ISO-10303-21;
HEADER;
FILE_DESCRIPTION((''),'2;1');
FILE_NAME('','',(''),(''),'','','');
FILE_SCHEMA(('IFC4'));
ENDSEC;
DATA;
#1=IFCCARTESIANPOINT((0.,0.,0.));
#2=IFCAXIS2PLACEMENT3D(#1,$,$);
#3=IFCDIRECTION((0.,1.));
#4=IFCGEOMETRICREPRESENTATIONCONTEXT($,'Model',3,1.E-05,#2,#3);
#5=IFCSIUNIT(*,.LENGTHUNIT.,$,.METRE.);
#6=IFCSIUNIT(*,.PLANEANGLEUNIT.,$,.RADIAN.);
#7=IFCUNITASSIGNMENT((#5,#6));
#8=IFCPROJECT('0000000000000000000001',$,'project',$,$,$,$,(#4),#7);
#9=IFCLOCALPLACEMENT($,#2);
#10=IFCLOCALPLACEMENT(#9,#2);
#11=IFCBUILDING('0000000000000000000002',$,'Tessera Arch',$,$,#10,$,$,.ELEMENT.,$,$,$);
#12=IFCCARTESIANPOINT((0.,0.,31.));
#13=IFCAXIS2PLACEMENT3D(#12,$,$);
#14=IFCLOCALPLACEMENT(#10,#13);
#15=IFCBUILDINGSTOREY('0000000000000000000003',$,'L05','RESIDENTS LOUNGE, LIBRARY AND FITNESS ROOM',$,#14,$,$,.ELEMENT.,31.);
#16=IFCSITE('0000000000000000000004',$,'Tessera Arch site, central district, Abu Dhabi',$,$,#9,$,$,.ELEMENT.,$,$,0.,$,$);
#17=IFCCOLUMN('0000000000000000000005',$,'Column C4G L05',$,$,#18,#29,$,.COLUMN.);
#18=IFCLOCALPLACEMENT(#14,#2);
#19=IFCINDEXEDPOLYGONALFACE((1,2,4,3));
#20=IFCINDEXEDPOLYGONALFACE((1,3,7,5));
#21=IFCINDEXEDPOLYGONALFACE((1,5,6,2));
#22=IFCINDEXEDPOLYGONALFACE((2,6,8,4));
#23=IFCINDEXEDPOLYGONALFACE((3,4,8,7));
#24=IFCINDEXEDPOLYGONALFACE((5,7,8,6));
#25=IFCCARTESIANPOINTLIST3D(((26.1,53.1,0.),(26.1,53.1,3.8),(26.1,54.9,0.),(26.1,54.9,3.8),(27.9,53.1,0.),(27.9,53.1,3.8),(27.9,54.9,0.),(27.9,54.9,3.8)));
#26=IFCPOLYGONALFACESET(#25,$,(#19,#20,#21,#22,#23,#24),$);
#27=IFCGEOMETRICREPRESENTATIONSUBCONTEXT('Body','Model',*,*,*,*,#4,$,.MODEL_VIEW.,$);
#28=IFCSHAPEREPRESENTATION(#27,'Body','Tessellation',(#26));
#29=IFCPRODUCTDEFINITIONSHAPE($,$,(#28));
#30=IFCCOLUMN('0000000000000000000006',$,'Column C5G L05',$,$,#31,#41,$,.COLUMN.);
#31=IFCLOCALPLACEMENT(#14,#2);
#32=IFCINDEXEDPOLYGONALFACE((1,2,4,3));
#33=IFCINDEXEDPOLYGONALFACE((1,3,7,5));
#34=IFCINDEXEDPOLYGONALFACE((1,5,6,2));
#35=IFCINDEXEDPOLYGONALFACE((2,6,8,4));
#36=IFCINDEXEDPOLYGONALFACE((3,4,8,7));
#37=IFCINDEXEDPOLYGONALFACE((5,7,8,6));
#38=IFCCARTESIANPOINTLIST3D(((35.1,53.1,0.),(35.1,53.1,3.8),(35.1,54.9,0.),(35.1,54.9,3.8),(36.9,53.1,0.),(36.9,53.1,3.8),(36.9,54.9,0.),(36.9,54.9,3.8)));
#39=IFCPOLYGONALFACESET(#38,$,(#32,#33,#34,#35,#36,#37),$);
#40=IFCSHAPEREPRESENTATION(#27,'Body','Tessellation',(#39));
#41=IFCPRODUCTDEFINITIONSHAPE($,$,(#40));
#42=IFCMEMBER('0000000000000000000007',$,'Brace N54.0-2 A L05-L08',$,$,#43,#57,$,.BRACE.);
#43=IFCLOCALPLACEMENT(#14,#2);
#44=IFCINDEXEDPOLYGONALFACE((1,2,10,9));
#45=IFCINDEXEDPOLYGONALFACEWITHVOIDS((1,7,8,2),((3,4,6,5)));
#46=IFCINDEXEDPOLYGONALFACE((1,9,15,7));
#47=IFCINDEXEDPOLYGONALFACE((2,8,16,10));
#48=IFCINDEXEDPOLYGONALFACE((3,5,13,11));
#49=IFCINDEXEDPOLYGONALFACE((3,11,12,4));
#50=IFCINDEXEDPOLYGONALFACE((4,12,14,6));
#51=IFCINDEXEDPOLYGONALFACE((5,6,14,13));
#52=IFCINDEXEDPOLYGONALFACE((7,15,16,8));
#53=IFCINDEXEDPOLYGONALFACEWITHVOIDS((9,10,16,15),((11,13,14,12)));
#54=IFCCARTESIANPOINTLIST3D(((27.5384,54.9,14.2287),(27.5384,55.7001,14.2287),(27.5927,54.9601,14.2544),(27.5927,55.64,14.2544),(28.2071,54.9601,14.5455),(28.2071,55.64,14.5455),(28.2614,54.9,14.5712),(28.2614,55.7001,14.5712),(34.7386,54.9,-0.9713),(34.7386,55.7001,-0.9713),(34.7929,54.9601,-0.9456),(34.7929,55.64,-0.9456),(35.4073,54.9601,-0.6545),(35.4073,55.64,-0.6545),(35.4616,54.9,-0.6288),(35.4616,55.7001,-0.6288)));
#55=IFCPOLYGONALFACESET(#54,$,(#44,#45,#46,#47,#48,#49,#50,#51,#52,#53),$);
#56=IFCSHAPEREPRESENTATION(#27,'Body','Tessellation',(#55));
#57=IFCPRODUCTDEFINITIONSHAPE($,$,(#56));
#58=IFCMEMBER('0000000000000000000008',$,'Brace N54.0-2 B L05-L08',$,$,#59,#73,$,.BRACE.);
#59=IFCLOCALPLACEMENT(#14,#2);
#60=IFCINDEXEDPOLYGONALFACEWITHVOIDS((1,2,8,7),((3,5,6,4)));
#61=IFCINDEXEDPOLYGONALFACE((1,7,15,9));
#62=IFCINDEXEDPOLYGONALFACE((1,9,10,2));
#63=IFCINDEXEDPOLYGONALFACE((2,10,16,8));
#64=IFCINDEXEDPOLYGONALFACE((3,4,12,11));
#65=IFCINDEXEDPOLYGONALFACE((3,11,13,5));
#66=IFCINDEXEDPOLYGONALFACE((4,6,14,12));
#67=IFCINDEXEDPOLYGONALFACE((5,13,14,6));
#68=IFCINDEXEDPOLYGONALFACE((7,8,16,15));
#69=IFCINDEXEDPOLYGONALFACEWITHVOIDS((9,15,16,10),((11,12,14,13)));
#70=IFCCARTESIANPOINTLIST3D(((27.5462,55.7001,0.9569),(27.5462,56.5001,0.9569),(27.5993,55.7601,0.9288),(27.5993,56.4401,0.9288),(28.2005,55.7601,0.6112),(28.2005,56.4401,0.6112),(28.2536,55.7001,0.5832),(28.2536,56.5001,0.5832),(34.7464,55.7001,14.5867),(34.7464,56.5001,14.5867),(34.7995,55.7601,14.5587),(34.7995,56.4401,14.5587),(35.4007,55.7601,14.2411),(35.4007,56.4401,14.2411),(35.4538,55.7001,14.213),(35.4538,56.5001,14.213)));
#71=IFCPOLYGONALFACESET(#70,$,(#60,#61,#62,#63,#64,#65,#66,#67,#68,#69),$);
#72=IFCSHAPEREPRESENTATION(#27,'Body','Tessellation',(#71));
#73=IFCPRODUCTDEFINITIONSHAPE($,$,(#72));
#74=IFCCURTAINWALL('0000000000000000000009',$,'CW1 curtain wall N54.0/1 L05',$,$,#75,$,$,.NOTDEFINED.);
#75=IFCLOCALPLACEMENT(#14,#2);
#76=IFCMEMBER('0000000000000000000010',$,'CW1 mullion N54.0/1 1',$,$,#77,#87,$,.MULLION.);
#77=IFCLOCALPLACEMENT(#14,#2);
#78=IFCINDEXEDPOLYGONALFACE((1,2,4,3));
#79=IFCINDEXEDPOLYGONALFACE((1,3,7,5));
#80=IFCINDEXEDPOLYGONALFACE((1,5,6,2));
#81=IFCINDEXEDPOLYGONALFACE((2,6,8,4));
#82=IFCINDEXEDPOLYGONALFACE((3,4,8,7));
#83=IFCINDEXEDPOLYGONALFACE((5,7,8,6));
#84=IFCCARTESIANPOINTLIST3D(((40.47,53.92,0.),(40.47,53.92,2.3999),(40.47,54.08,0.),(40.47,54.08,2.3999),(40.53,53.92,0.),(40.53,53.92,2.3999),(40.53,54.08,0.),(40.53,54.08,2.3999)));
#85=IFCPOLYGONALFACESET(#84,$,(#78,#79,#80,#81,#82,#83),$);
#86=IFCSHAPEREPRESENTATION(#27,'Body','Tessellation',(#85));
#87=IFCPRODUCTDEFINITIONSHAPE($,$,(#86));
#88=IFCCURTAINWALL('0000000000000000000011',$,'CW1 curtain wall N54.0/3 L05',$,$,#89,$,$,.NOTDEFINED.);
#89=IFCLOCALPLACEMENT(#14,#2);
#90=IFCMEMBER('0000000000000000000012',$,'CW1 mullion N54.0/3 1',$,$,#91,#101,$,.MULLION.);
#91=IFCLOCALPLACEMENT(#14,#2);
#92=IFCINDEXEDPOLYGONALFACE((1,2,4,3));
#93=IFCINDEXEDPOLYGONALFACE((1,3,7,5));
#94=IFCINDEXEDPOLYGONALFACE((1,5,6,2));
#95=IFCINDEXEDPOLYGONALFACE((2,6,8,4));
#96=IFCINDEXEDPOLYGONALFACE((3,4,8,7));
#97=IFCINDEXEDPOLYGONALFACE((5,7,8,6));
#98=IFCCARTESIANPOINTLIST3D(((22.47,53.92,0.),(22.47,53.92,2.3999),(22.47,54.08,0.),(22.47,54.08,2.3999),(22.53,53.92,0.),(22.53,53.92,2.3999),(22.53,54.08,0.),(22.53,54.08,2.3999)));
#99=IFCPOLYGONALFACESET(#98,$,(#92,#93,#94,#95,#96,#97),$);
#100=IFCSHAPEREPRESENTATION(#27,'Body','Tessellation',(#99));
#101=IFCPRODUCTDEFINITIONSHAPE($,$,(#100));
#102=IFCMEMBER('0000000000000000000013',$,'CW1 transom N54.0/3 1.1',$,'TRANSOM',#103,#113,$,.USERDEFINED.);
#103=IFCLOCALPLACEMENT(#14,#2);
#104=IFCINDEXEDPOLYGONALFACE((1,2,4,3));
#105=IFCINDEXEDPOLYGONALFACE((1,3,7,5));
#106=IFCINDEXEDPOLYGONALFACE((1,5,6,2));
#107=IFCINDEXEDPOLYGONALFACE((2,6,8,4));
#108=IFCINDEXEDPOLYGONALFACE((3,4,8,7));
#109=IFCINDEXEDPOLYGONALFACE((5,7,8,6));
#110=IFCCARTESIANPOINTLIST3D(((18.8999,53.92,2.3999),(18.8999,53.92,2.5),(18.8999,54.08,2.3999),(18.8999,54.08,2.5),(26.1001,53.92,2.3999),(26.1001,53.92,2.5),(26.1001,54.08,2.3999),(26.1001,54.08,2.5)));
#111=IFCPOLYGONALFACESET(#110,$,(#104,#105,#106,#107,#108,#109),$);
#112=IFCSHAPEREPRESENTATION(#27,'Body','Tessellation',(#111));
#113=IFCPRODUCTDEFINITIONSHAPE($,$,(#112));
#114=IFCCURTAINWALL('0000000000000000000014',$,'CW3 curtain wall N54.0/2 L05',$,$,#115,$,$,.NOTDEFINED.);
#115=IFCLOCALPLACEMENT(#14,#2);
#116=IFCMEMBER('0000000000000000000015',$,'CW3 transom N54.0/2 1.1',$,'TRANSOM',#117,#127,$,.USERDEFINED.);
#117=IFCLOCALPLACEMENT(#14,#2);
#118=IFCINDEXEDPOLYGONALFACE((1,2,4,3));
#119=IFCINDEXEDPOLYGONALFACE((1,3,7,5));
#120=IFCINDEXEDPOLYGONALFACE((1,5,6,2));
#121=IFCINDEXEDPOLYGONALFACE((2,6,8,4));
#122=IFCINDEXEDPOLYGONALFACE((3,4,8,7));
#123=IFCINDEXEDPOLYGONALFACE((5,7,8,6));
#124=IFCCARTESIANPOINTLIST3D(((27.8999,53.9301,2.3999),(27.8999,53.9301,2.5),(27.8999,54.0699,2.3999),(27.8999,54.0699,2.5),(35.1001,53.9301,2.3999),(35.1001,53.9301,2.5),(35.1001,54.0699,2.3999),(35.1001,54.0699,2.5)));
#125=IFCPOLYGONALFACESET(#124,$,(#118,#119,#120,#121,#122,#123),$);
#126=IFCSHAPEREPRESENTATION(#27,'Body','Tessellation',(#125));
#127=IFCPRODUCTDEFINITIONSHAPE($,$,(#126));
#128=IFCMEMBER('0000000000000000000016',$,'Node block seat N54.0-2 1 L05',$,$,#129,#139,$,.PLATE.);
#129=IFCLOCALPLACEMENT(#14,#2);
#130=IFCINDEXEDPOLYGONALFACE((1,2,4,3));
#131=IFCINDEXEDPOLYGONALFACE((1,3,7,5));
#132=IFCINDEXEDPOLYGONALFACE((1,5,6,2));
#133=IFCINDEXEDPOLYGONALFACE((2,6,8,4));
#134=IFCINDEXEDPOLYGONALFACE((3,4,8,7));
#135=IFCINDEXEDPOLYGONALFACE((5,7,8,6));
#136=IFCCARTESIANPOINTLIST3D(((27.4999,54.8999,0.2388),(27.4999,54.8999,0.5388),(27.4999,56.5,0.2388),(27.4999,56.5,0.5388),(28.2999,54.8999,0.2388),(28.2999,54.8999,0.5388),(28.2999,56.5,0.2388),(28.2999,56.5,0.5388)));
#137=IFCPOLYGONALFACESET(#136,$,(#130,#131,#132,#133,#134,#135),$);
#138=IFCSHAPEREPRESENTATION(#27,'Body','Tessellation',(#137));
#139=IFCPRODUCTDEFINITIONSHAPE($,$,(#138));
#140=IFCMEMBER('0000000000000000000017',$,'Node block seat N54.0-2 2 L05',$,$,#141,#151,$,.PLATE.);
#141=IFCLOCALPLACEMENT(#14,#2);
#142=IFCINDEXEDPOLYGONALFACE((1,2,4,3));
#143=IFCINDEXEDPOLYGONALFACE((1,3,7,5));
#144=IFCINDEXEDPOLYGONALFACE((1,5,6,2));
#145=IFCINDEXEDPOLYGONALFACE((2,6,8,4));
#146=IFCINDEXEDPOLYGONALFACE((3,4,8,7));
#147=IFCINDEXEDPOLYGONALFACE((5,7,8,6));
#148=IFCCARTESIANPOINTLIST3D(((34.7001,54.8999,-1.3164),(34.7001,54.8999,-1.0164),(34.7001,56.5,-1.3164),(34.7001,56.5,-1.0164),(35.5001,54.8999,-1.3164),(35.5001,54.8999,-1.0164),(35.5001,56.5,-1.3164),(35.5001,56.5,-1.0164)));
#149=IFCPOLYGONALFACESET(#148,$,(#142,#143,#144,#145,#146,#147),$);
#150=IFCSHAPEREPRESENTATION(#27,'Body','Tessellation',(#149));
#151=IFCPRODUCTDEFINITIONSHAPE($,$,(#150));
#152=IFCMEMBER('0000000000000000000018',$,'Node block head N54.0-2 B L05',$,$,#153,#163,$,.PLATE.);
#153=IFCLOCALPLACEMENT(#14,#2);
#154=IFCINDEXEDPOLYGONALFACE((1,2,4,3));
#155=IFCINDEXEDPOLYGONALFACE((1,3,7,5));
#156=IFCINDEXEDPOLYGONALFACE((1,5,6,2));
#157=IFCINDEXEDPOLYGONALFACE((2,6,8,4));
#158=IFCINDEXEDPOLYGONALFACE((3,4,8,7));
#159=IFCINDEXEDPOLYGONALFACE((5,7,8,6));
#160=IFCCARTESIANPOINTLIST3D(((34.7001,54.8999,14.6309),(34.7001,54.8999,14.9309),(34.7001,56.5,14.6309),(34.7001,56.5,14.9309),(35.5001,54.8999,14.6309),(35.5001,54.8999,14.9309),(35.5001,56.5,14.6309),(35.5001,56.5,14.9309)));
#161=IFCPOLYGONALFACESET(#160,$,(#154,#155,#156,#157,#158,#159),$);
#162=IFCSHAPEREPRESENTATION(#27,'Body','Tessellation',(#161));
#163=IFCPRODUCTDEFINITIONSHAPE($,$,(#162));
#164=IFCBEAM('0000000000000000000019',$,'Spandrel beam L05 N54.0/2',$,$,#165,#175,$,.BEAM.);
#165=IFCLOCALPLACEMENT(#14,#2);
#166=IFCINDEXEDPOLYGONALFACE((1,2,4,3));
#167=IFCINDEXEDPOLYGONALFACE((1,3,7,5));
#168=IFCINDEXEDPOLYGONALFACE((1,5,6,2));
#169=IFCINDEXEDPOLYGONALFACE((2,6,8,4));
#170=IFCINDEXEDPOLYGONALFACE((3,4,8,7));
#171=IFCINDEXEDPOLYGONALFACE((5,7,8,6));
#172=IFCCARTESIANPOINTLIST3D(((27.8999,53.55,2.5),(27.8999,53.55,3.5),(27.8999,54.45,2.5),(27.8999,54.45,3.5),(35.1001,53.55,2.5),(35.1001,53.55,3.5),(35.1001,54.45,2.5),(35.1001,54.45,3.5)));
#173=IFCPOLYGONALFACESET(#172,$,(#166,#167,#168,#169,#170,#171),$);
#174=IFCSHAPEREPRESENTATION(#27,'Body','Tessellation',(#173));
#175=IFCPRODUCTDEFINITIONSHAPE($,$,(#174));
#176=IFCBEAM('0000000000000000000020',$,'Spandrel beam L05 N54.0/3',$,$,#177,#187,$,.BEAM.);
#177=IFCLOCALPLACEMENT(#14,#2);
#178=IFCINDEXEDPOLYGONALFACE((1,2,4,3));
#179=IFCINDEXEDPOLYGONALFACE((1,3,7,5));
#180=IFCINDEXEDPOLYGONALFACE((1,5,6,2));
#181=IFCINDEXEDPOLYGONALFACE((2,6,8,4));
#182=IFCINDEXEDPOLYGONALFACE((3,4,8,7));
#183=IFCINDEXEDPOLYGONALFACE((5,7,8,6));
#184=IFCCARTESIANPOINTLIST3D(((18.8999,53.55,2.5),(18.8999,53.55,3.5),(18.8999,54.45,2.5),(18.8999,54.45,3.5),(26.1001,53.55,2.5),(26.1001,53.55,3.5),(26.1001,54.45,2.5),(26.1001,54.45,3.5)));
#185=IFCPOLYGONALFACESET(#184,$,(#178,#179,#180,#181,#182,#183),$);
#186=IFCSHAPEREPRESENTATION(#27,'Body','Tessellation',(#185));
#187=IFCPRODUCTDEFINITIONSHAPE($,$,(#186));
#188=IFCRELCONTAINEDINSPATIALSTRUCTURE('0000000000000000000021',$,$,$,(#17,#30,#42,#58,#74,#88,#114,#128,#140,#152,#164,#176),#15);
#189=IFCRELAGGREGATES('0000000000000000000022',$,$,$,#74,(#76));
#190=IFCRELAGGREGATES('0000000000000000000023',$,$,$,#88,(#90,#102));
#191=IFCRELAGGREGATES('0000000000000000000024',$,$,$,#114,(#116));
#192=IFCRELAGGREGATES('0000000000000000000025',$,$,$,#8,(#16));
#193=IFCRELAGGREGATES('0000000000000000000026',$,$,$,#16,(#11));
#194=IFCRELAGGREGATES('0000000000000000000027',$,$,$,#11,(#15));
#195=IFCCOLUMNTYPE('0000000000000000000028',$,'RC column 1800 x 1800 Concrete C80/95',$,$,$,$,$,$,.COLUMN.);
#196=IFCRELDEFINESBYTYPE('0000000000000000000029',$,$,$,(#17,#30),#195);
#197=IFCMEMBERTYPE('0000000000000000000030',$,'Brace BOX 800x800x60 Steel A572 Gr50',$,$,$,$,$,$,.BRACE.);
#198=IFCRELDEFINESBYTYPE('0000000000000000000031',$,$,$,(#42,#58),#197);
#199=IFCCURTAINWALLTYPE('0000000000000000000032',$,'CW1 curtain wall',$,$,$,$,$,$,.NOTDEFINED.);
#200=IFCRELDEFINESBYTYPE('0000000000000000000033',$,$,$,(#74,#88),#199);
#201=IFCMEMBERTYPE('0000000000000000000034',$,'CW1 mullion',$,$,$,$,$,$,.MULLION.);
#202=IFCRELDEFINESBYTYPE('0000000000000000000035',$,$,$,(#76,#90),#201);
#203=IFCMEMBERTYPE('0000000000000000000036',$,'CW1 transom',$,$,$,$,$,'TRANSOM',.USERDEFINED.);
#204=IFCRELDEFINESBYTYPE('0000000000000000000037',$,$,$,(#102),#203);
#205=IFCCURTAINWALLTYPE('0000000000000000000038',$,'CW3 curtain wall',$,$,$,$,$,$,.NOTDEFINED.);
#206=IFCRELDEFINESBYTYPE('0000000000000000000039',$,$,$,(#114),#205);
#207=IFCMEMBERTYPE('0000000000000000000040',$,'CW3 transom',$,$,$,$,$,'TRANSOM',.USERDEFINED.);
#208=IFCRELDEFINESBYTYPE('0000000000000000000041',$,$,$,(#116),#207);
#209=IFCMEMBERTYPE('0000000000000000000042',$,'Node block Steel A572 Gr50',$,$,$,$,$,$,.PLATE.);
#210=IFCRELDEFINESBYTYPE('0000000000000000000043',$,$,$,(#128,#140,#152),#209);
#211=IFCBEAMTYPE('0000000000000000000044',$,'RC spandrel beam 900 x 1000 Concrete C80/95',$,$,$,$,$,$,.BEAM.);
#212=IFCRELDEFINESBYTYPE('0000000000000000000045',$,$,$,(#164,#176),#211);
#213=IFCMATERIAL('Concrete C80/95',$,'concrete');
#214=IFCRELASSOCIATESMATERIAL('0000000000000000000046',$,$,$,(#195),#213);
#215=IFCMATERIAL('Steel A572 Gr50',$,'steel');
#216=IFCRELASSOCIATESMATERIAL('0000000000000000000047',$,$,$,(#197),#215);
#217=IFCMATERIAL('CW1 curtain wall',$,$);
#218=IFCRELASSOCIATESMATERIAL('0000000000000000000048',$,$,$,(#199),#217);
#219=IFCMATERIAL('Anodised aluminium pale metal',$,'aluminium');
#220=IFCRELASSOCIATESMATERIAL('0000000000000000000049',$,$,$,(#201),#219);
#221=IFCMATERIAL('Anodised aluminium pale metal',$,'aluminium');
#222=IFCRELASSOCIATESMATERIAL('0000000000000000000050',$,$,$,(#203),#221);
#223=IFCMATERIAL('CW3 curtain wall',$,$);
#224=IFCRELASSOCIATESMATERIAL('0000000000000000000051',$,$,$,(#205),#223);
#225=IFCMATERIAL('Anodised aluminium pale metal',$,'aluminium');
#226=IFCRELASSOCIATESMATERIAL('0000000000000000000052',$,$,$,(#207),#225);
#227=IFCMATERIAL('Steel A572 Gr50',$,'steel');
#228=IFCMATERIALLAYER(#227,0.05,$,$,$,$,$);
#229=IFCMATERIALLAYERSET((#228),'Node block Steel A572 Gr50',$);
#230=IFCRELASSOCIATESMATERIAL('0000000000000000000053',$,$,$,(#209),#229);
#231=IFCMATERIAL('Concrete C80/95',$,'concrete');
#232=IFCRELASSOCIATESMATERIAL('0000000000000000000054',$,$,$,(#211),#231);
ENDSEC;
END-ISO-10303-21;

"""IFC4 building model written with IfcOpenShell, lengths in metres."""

from ifc_helpers import new_model, si_unit, direction, frame, origin, origin_2d, place, context, subcontext, project, spatial, rectangle, hollow_rectangle, extrude, material, layer, layer_set, material_profile, profile_set, type_object, element, aggregate, save


model = new_model("IFC4")

# Units and contexts
model_context = context("Model", 3, precision=1e-05, world=origin(), true_north=direction((0.0, 1.0)))
body_context = subcontext(model_context, "Body", "Model", "MODEL_VIEW")
ifc_project = project(units=[si_unit("LENGTHUNIT", "METRE"), si_unit("PLANEANGLEUNIT", "RADIAN")], contexts=[model_context])

# Site, building, storey
site_placement = place(None, origin())
site = spatial("IfcSite", under=ifc_project, at=site_placement, Name="Tessera Arch site, central district, Abu Dhabi", CompositionType="ELEMENT", RefElevation=0.0)
building_placement = place(site_placement, origin())
building = spatial("IfcBuilding", under=site, at=building_placement, Name="Tessera Arch", CompositionType="ELEMENT")
storey_placement = place(building_placement, frame((0.0, 0.0, 31.0)))
storey = spatial("IfcBuildingStorey", under=building, at=storey_placement, Name="L05", Description="RESIDENTS LOUNGE, LIBRARY AND FITNESS ROOM", CompositionType="ELEMENT", Elevation=31.0)

# Columns
ifc_material_1 = material(Name="Concrete C80/95", Category="concrete")
ifc_material_profile_1 = material_profile(ifc_material_1, rectangle(XDim=1.8, YDim=1.8, at=origin_2d()), Name="RC column 1800 x 1800 Concrete C80/95")
ifc_profile_set_1 = profile_set([ifc_material_profile_1], Name="Concrete C80/95")
column_type = type_object("IfcColumnType", Name="RC column 1800 x 1800 Concrete C80/95", PredefinedType="COLUMN", material=ifc_profile_set_1)
for number, where, z_axis, x_axis, name in (
    (1, (27.0, 54.0, 0.0), (0.0, 0.0, 1.0), (1.0, 0.0, 0.0), "Column C4G L05"),
    (2, (36.0, 54.0, 0.0), (0.0, 0.0, 1.0), (1.0, 0.0, 0.0), "Column C5G L05"),
):
    element("IfcColumn", number, at=place(storey_placement, frame(where, z_axis=z_axis, x_axis=x_axis)), inside=storey, type_object=column_type, Name=name, PredefinedType="COLUMN", context=body_context, shape_type="SweptSolid", body=[
        extrude(rectangle(XDim=1.8, YDim=1.8, at=origin_2d()), origin(), (0.0, 0.0, 1.0), 3.8),
    ])

# Members
ifc_material_2 = material(Name="Steel A572 Gr50", Category="steel")
ifc_material_profile_2 = material_profile(ifc_material_2, hollow_rectangle(XDim=0.8, YDim=0.8, WallThickness=0.0601, at=origin_2d()), Name="BOX 800x800x60")
ifc_profile_set_2 = profile_set([ifc_material_profile_2], Name="Steel A572 Gr50")
member_type_1 = type_object("IfcMemberType", Name="Brace BOX 800x800x60 Steel A572 Gr50", PredefinedType="BRACE", material=ifc_profile_set_2)
member_1_placement = place(storey_placement, frame((35.1001, 55.3, -0.8), z_axis=(-0.428097, 0.0, 0.903733), x_axis=(0.0, -1.0, 0.0)))
element("IfcMember", 3, at=member_1_placement, inside=storey, type_object=member_type_1, Name="Brace N54.0-2 A L05-L08", PredefinedType="BRACE", context=body_context, shape_type="SweptSolid", body=[
    extrude(hollow_rectangle(XDim=0.8, YDim=0.8, WallThickness=0.0601, at=origin_2d()), origin(), (0.0, 0.0, 1.0), 16.8191),
])
member_2_placement = place(storey_placement, frame((27.8999, 56.1001, 0.77), z_axis=(0.467096, 0.0, 0.884207), x_axis=(0.0, 1.0, 0.0)))
element("IfcMember", 4, at=member_2_placement, inside=storey, type_object=member_type_1, Name="Brace N54.0-2 B L05-L08", PredefinedType="BRACE", context=body_context, shape_type="SweptSolid", body=[
    extrude(hollow_rectangle(XDim=0.8, YDim=0.8, WallThickness=0.0601, at=origin_2d()), origin(), (0.0, 0.0, 1.0), 15.4148),
])

# Curtain wall, member
ifc_material_3 = material(Name="CW1 curtain wall")
curtain_wall_type_1 = type_object("IfcCurtainWallType", Name="CW1 curtain wall", PredefinedType="NOTDEFINED", material=ifc_material_3)
curtain_wall_1_placement = place(storey_placement, origin())
curtain_wall_1 = element("IfcCurtainWall", 5, at=curtain_wall_1_placement, inside=storey, type_object=curtain_wall_type_1, Name="CW1 curtain wall N54.0/1 L05", PredefinedType="NOTDEFINED")
ifc_material_4 = material(Name="Anodised aluminium pale metal", Category="aluminium")
ifc_material_profile_3 = material_profile(ifc_material_4, rectangle(XDim=0.1599, YDim=0.0601, at=origin_2d()), Name="AL 60x160")
ifc_profile_set_3 = profile_set([ifc_material_profile_3], Name="Anodised aluminium pale metal")
member_type_2 = type_object("IfcMemberType", Name="CW1 mullion", PredefinedType="MULLION", material=ifc_profile_set_3)
member_3_placement = place(storey_placement, frame((40.5, 54.0, 0.0), z_axis=(0.0, 0.0, 1.0), x_axis=(0.0, -1.0, 0.0)))
member_3 = element("IfcMember", 6, at=member_3_placement, type_object=member_type_2, Name="CW1 mullion N54.0/1 1", PredefinedType="MULLION", context=body_context, shape_type="SweptSolid", body=[
    extrude(rectangle(XDim=0.1599, YDim=0.0601, at=origin_2d()), origin(), (0.0, 0.0, 1.0), 2.3999),
])

# Curtain wall, members
curtain_wall_2_placement = place(storey_placement, origin())
curtain_wall_2 = element("IfcCurtainWall", 7, at=curtain_wall_2_placement, inside=storey, type_object=curtain_wall_type_1, Name="CW1 curtain wall N54.0/3 L05", PredefinedType="NOTDEFINED")
member_4_placement = place(storey_placement, frame((22.5, 54.0, 0.0), z_axis=(0.0, 0.0, 1.0), x_axis=(0.0, -1.0, 0.0)))
member_4 = element("IfcMember", 8, at=member_4_placement, type_object=member_type_2, Name="CW1 mullion N54.0/3 1", PredefinedType="MULLION", context=body_context, shape_type="SweptSolid", body=[
    extrude(rectangle(XDim=0.1599, YDim=0.0601, at=origin_2d()), origin(), (0.0, 0.0, 1.0), 2.3999),
])
ifc_material_5 = material(Name="Anodised aluminium pale metal", Category="aluminium")
ifc_material_profile_4 = material_profile(ifc_material_5, rectangle(XDim=0.1599, YDim=0.1001, at=origin_2d()), Name="AL 160x100")
ifc_profile_set_4 = profile_set([ifc_material_profile_4], Name="Anodised aluminium pale metal")
member_type_3 = type_object("IfcMemberType", Name="CW1 transom", ElementType="TRANSOM", PredefinedType="USERDEFINED", material=ifc_profile_set_4)
member_5_placement = place(storey_placement, frame((26.1001, 54.0, 2.45), z_axis=(-1.0, 0.0, 0.0), x_axis=(0.0, -1.0, 0.0)))
member_5 = element("IfcMember", 9, at=member_5_placement, type_object=member_type_3, Name="CW1 transom N54.0/3 1.1", ObjectType="TRANSOM", PredefinedType="USERDEFINED", context=body_context, shape_type="SweptSolid", body=[
    extrude(rectangle(XDim=0.1599, YDim=0.1001, at=origin_2d()), origin(), (0.0, 0.0, 1.0), 7.2002),
])

# Curtain wall, member
ifc_material_6 = material(Name="CW3 curtain wall")
curtain_wall_type_2 = type_object("IfcCurtainWallType", Name="CW3 curtain wall", PredefinedType="NOTDEFINED", material=ifc_material_6)
curtain_wall_3_placement = place(storey_placement, origin())
curtain_wall_3 = element("IfcCurtainWall", 10, at=curtain_wall_3_placement, inside=storey, type_object=curtain_wall_type_2, Name="CW3 curtain wall N54.0/2 L05", PredefinedType="NOTDEFINED")
ifc_material_7 = material(Name="Anodised aluminium pale metal", Category="aluminium")
ifc_material_profile_5 = material_profile(ifc_material_7, rectangle(XDim=0.1399, YDim=0.1001, at=origin_2d()), Name="AL 140x100")
ifc_profile_set_5 = profile_set([ifc_material_profile_5], Name="Anodised aluminium pale metal")
member_type_4 = type_object("IfcMemberType", Name="CW3 transom", ElementType="TRANSOM", PredefinedType="USERDEFINED", material=ifc_profile_set_5)
member_6_placement = place(storey_placement, frame((35.1001, 54.0, 2.45), z_axis=(-1.0, 0.0, 0.0), x_axis=(0.0, -1.0, 0.0)))
member_6 = element("IfcMember", 11, at=member_6_placement, type_object=member_type_4, Name="CW3 transom N54.0/2 1.1", ObjectType="TRANSOM", PredefinedType="USERDEFINED", context=body_context, shape_type="SweptSolid", body=[
    extrude(rectangle(XDim=0.1399, YDim=0.1001, at=origin_2d()), origin(), (0.0, 0.0, 1.0), 7.2002),
])

# Members
ifc_material_8 = material(Name="Steel A572 Gr50", Category="steel")
ifc_layer_1 = layer(ifc_material_8, 0.05)
ifc_layer_set_1 = layer_set([ifc_layer_1], Name="Node block Steel A572 Gr50")
member_type_5 = type_object("IfcMemberType", Name="Node block Steel A572 Gr50", PredefinedType="PLATE", material=ifc_layer_set_1)
for number, where, z_axis, x_axis, name in (
    (12, (27.8999, 55.7, 0.2388), (0.0, 0.0, 1.0), (-1.0, 0.0, 0.0), "Node block seat N54.0-2 1 L05"),
    (13, (35.1001, 55.7, -1.3164), (0.0, 0.0, 1.0), (-1.0, 0.0, 0.0), "Node block seat N54.0-2 2 L05"),
    (14, (35.1001, 55.7, 14.6309), (0.0, 0.0, 1.0), (-1.0, 0.0, 0.0), "Node block head N54.0-2 B L05"),
):
    element("IfcMember", number, at=place(storey_placement, frame(where, z_axis=z_axis, x_axis=x_axis)), inside=storey, type_object=member_type_5, Name=name, PredefinedType="PLATE", context=body_context, shape_type="SweptSolid", body=[
        extrude(rectangle(XDim=0.8, YDim=1.6001, at=origin_2d()), origin(), (0.0, 0.0, 1.0), 0.3),
    ])

# Beams
ifc_material_9 = material(Name="Concrete C80/95", Category="concrete")
ifc_material_profile_6 = material_profile(ifc_material_9, rectangle(XDim=0.8999, YDim=1.0, at=origin_2d()), Name="RC spandrel beam 900 x 1000 Concrete C80/95")
ifc_profile_set_6 = profile_set([ifc_material_profile_6], Name="Concrete C80/95")
beam_type = type_object("IfcBeamType", Name="RC spandrel beam 900 x 1000 Concrete C80/95", PredefinedType="BEAM", material=ifc_profile_set_6)
for number, where, z_axis, x_axis, name in (
    (15, (35.1001, 54.0, 3.0), (-1.0, 0.0, 0.0), (0.0, -1.0, 0.0), "Spandrel beam L05 N54.0/2"),
    (16, (26.1001, 54.0, 3.0), (-1.0, 0.0, 0.0), (0.0, -1.0, 0.0), "Spandrel beam L05 N54.0/3"),
):
    element("IfcBeam", number, at=place(storey_placement, frame(where, z_axis=z_axis, x_axis=x_axis)), inside=storey, type_object=beam_type, Name=name, PredefinedType="BEAM", context=body_context, shape_type="SweptSolid", body=[
        extrude(rectangle(XDim=0.8999, YDim=1.0, at=origin_2d()), origin(), (0.0, 0.0, 1.0), 7.2002),
    ])

aggregate(curtain_wall_1, [member_3])
aggregate(curtain_wall_2, [member_4, member_5])
aggregate(curtain_wall_3, [member_6])

save(model, "model.ifc")
